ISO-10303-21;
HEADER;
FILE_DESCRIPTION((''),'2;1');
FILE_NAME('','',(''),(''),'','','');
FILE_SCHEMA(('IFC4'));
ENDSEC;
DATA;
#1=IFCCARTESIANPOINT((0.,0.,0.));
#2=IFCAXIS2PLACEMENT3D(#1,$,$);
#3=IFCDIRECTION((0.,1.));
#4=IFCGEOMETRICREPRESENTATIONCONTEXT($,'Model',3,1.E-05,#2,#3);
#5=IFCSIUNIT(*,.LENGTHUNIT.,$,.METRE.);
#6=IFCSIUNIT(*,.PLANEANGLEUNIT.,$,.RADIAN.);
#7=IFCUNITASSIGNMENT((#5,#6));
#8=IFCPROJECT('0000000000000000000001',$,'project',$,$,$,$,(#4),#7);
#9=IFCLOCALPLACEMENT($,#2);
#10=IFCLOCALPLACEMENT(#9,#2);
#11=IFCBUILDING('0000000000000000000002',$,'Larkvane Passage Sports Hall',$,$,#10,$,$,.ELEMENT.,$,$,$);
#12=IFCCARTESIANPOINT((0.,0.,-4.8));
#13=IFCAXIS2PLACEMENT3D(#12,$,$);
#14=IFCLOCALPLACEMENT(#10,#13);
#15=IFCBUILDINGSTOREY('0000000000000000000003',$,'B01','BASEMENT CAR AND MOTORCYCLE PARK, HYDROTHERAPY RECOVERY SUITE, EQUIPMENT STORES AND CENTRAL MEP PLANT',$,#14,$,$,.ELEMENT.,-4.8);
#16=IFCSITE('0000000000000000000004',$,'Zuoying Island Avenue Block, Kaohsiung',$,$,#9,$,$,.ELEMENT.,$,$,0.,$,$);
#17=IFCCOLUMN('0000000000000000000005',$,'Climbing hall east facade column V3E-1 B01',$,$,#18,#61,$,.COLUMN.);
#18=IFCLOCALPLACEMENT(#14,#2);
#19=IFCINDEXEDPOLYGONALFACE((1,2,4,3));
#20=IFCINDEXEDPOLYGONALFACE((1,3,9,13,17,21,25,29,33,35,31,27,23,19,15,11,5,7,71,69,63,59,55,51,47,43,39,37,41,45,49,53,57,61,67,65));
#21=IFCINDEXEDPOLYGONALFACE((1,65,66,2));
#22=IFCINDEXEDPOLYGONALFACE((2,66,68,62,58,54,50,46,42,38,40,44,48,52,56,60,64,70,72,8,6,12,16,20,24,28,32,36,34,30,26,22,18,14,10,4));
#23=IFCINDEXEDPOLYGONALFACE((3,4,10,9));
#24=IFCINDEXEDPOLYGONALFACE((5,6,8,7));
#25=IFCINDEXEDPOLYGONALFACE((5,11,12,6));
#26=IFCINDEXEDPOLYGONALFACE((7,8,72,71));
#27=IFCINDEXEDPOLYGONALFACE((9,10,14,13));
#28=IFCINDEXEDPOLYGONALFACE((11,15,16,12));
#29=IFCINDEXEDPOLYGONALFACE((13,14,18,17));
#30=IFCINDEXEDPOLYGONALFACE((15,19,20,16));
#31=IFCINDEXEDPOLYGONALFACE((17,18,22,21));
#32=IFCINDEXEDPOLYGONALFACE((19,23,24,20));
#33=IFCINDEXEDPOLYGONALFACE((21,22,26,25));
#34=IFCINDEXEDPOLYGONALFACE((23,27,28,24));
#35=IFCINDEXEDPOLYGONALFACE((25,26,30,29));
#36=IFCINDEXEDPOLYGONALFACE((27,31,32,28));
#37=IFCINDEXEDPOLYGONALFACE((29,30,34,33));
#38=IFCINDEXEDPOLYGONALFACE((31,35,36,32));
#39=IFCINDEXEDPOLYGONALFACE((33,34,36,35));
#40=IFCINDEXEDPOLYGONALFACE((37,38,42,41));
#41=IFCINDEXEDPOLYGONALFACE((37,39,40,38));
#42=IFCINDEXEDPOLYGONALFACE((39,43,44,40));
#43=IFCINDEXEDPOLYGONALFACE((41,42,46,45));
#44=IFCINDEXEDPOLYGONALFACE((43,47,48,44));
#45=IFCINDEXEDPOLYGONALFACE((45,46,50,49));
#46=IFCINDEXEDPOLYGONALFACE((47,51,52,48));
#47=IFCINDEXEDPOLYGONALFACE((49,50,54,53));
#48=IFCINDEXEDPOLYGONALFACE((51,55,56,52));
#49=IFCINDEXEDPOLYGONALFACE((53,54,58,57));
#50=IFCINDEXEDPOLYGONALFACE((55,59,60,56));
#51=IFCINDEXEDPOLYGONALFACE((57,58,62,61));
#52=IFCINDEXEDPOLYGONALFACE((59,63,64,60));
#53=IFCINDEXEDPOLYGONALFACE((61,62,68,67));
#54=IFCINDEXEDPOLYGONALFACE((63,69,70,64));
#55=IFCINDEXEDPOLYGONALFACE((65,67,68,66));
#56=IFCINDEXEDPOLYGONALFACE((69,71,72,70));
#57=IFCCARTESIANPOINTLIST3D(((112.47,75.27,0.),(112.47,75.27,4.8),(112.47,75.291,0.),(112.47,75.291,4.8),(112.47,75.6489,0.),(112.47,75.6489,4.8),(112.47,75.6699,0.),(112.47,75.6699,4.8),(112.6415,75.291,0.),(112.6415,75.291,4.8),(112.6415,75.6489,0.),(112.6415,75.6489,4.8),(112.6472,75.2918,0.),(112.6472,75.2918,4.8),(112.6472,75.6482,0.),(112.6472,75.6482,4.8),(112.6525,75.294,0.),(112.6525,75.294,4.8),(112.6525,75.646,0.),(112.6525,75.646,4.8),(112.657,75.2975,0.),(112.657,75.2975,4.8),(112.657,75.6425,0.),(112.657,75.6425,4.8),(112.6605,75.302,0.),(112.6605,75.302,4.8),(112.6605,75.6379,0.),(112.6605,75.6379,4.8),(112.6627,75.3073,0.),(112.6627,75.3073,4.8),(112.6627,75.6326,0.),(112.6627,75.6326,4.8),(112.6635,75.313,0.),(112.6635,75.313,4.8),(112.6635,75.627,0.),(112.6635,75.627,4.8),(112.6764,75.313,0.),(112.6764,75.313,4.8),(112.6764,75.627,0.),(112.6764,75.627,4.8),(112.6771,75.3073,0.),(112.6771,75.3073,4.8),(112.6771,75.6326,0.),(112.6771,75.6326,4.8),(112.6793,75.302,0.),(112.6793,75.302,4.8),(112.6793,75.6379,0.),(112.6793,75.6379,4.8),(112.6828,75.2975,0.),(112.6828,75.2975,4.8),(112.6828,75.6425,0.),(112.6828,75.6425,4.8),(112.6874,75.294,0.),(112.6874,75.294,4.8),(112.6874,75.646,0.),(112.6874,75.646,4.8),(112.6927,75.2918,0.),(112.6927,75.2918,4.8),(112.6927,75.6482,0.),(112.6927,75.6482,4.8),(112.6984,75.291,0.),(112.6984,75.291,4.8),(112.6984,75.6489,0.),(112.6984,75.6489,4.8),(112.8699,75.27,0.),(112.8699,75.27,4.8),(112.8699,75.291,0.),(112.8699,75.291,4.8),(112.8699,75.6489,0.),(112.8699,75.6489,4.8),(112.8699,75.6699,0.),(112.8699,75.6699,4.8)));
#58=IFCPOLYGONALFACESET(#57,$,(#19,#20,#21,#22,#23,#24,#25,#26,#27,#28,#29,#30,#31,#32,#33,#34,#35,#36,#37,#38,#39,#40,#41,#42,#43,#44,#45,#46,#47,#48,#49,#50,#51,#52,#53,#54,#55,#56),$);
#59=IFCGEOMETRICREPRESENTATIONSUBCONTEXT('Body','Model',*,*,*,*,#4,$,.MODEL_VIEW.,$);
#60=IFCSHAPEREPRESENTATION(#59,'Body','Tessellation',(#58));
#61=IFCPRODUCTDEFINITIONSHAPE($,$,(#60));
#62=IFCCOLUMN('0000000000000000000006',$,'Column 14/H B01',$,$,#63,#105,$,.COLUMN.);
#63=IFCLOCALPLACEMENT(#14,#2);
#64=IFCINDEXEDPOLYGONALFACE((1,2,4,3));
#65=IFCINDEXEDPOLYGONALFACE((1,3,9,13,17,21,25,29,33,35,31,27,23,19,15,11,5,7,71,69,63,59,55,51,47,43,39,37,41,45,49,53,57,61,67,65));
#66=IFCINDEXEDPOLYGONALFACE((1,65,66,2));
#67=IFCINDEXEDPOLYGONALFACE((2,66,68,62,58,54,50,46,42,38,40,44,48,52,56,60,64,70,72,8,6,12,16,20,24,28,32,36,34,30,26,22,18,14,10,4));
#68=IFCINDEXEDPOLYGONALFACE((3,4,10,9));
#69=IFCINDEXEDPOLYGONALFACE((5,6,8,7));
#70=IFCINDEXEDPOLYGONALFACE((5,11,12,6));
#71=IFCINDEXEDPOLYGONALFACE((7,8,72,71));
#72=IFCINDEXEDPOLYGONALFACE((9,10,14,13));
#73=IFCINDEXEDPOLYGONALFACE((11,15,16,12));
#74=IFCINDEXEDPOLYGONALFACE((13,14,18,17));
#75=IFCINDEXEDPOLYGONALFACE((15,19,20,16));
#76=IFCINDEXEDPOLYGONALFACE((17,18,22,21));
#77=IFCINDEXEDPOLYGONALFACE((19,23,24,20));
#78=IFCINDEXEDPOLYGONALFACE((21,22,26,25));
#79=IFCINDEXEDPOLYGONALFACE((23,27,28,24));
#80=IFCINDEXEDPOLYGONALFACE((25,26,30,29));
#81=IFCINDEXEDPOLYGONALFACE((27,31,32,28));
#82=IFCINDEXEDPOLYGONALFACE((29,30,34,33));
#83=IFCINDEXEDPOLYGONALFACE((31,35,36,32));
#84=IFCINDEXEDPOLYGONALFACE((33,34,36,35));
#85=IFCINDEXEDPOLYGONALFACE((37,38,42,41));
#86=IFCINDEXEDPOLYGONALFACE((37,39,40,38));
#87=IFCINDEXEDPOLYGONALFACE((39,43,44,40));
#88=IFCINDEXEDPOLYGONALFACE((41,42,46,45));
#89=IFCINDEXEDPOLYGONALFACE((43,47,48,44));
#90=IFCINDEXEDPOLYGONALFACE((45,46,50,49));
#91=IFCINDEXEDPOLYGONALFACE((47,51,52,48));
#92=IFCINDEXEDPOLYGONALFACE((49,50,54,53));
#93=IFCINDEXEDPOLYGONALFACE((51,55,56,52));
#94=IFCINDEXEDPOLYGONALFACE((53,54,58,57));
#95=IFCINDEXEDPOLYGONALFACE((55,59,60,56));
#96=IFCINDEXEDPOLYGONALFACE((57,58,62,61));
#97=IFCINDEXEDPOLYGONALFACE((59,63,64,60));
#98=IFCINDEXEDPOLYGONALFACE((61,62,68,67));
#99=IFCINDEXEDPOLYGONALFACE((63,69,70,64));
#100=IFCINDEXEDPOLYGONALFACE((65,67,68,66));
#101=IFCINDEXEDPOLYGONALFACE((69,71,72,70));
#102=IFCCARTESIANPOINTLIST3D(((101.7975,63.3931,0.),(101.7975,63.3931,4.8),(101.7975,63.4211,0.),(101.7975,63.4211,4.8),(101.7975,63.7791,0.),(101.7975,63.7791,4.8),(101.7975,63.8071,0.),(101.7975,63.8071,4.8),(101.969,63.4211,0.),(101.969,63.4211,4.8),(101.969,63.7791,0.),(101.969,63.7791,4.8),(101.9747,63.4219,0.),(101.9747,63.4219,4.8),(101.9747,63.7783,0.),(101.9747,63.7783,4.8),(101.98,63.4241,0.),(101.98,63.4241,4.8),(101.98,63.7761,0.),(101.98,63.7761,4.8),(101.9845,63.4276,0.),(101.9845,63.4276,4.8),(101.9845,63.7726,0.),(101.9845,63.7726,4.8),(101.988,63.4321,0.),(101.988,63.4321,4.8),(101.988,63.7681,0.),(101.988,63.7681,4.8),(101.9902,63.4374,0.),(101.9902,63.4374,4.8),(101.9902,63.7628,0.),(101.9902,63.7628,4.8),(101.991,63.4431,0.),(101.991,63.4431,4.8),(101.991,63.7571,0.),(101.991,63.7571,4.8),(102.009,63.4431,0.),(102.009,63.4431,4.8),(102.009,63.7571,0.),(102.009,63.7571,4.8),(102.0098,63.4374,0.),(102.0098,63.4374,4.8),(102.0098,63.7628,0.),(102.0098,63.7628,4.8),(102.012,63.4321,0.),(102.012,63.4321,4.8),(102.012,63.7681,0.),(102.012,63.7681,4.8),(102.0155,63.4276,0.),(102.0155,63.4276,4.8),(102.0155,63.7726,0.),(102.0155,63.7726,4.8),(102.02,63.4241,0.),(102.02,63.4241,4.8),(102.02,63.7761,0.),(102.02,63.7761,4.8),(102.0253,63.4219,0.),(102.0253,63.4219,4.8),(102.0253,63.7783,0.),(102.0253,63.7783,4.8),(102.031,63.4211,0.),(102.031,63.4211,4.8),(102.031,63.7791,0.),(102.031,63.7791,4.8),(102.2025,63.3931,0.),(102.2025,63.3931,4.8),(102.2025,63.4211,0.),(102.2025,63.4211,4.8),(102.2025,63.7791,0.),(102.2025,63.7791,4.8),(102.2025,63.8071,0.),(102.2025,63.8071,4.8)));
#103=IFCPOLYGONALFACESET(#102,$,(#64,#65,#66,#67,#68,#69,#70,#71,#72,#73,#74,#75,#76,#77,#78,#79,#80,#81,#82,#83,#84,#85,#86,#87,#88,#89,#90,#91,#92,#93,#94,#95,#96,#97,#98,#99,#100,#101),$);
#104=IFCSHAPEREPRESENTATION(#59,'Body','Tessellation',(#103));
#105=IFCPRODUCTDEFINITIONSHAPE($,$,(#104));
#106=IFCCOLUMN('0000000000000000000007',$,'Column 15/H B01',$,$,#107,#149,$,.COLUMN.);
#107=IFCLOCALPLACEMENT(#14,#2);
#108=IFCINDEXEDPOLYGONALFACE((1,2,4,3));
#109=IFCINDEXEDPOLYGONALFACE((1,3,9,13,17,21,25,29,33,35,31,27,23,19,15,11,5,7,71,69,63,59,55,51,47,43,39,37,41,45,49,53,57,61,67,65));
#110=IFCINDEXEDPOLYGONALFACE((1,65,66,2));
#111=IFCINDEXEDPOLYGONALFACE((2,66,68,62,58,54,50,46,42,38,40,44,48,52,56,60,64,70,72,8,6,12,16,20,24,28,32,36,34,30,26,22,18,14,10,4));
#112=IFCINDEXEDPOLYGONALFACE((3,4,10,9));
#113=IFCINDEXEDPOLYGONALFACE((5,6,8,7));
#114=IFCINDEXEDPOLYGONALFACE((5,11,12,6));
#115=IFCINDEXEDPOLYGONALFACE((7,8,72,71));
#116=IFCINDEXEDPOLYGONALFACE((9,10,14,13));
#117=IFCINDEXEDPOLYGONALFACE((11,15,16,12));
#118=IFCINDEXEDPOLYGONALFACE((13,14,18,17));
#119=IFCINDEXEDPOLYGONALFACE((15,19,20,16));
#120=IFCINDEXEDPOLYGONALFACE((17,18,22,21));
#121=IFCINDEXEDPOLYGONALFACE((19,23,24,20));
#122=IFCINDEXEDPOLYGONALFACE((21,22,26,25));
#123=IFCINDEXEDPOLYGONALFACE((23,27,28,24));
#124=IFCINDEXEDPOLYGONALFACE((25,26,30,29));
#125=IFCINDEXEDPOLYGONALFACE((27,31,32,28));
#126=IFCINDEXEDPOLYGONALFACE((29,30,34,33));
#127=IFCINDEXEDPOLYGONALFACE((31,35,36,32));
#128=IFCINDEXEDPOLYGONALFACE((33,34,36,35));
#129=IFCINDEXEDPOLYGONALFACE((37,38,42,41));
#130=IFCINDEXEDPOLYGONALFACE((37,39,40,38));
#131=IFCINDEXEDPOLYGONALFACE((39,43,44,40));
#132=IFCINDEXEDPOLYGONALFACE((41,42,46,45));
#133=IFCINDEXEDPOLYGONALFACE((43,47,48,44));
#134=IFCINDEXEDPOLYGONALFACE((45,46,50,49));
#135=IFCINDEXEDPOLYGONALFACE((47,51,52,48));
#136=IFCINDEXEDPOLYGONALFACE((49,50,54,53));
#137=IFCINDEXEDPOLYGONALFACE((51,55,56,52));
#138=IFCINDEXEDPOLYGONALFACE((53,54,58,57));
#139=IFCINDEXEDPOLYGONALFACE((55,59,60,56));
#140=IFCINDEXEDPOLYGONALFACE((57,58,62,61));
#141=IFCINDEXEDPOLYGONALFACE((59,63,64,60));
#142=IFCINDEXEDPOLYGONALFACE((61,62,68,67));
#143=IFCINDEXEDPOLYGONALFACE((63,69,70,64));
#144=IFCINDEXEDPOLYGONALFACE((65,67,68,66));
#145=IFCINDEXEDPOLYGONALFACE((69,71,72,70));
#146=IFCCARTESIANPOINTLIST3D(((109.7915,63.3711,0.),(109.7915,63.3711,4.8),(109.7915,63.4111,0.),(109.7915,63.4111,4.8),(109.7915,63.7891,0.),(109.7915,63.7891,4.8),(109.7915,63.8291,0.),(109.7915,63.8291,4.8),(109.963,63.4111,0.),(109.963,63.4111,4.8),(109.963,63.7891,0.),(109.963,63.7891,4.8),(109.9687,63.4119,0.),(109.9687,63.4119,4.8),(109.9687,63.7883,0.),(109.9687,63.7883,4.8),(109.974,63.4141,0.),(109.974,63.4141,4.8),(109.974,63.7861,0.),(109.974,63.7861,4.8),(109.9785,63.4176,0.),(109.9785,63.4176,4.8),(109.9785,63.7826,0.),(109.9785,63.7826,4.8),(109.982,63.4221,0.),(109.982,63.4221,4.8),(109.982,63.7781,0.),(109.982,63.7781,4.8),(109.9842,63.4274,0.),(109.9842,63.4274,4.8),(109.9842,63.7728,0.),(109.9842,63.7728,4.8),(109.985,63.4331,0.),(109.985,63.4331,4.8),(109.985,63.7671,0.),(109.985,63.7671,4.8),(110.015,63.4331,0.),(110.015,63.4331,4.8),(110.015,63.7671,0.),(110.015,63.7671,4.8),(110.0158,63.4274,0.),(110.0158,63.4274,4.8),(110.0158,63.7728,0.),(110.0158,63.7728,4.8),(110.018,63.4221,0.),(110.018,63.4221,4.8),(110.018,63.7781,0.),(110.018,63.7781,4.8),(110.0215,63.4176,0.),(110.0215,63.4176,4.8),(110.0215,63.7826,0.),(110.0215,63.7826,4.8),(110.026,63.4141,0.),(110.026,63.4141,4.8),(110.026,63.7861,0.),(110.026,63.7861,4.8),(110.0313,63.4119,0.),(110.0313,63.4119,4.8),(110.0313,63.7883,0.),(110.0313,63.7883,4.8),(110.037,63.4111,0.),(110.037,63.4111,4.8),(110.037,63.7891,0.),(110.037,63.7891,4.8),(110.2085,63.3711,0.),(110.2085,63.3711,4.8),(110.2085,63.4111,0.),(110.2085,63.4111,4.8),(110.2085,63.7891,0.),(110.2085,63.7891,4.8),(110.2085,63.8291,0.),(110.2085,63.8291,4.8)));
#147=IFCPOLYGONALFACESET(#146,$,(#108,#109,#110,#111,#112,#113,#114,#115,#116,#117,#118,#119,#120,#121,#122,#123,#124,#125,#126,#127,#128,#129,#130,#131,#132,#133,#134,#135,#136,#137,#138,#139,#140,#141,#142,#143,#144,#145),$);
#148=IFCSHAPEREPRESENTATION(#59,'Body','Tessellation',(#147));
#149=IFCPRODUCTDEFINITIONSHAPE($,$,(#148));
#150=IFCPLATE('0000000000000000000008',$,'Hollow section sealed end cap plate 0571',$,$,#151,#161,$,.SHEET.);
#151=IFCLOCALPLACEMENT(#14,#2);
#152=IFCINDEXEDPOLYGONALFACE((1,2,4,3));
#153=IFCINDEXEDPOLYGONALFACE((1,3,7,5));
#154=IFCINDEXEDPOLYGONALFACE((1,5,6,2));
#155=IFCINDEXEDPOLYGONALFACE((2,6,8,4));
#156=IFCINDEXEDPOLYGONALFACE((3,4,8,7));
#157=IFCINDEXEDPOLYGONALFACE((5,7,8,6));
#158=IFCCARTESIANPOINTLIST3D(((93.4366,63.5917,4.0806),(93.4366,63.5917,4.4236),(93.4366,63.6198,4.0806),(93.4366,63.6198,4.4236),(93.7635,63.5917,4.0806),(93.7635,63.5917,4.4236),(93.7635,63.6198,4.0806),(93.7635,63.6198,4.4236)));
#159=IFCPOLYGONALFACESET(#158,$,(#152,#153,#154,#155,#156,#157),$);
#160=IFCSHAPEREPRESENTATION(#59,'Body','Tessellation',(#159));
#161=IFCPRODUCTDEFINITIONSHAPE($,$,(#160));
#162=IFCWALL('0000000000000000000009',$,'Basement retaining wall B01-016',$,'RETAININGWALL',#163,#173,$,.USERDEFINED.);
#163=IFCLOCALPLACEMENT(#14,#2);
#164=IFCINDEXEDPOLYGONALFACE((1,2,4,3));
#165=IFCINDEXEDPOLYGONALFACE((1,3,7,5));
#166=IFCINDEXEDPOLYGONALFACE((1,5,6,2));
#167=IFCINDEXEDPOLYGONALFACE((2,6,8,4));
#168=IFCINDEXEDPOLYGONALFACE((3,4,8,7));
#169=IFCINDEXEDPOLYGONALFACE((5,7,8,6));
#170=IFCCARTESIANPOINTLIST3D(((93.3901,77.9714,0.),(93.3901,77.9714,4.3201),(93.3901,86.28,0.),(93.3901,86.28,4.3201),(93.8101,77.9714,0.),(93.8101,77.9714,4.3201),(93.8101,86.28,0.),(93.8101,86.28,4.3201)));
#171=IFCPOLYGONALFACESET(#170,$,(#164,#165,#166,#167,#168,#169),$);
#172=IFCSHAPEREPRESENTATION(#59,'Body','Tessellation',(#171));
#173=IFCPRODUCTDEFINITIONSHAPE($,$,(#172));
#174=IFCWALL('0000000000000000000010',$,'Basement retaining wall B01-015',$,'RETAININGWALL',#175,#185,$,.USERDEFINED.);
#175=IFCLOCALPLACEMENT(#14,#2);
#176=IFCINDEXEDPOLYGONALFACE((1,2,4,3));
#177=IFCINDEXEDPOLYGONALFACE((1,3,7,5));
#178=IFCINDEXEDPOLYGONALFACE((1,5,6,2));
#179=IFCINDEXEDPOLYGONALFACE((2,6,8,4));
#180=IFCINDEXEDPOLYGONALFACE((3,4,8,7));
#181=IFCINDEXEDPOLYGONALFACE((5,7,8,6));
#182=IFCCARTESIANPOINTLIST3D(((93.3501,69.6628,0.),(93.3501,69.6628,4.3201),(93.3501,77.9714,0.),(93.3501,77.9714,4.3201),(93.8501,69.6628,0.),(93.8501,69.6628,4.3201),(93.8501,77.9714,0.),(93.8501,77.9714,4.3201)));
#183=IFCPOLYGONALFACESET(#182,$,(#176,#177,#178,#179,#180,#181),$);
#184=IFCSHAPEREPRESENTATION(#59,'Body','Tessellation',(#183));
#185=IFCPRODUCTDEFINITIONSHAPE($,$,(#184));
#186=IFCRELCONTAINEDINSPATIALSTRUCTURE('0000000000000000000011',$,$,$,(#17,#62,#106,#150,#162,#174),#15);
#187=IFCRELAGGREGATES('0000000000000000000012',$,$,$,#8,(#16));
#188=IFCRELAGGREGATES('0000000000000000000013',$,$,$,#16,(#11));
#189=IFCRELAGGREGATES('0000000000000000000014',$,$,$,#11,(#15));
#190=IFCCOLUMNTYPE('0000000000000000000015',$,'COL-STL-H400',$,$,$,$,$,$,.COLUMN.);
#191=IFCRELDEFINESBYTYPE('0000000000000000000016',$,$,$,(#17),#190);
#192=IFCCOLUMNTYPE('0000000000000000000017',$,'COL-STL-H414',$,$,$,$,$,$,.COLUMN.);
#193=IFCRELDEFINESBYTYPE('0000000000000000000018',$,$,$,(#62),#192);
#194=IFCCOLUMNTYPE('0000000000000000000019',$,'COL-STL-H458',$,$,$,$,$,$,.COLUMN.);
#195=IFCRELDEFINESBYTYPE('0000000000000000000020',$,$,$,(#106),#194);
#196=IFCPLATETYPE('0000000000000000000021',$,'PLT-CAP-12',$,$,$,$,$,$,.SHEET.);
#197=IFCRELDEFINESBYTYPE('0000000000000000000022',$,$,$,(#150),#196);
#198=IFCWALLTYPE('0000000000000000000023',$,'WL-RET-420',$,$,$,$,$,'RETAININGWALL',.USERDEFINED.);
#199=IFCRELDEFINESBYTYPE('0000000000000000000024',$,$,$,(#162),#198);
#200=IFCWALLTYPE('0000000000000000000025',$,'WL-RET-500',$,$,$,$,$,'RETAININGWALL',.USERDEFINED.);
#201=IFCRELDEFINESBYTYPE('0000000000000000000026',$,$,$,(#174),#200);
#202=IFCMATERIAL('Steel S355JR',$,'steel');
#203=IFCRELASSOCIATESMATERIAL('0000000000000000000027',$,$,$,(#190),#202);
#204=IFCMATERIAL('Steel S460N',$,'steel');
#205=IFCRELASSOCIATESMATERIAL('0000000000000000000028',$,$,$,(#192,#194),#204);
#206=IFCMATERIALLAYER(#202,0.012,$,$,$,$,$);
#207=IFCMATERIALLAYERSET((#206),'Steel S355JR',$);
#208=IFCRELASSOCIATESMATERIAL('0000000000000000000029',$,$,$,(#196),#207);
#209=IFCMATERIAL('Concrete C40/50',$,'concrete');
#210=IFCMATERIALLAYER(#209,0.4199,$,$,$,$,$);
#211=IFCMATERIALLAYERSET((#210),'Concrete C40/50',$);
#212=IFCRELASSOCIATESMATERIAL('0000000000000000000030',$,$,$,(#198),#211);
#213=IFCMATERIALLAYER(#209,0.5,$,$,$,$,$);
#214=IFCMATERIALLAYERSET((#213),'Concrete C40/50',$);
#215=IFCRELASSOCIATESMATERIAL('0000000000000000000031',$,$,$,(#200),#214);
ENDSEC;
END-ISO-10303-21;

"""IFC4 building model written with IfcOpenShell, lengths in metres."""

from ifc_helpers import new_model, si_unit, direction, frame, frame_2d, origin, origin_2d, place, context, subcontext, project, spatial, rectangle, i_section, extrude, material, layer, layer_set, material_profile, profile_set, type_object, element, save


model = new_model("IFC4")

# Units and contexts
model_context = context("Model", 3, precision=1e-05, world=origin(), true_north=direction((0.0, 1.0)))
body_context = subcontext(model_context, "Body", "Model", "MODEL_VIEW")
ifc_project = project(units=[si_unit("LENGTHUNIT", "METRE"), si_unit("PLANEANGLEUNIT", "RADIAN")], contexts=[model_context])

# Site, building, storey
site_placement = place(None, origin())
site = spatial("IfcSite", under=ifc_project, at=site_placement, Name="Zuoying Island Avenue Block, Kaohsiung", CompositionType="ELEMENT", RefElevation=0.0)
building_placement = place(site_placement, origin())
building = spatial("IfcBuilding", under=site, at=building_placement, Name="Larkvane Passage Sports Hall", CompositionType="ELEMENT")
storey_placement = place(building_placement, frame((0.0, 0.0, -4.8)))
storey = spatial("IfcBuildingStorey", under=building, at=storey_placement, Name="B01", Description="BASEMENT CAR AND MOTORCYCLE PARK, HYDROTHERAPY RECOVERY SUITE, EQUIPMENT STORES AND CENTRAL MEP PLANT", CompositionType="ELEMENT", Elevation=-4.8)

# Shared definitions
ifc_material_1 = material(Name="Concrete C40/50", Category="concrete")

# Columns
ifc_material_2 = material(Name="Steel S460N", Category="steel")
ifc_material_3 = material(Name="Steel S355JR", Category="steel")
ifc_material_profile_1 = material_profile(ifc_material_3, i_section(OverallWidth=0.3999, OverallDepth=0.3999, WebThickness=0.0129, FlangeThickness=0.021, FilletRadius=0.022, at=origin_2d()), Name="H-400x400x13x21")
ifc_profile_set_1 = profile_set([ifc_material_profile_1], Name="Steel S355JR")
column_type_1 = type_object("IfcColumnType", Name="COL-STL-H400", PredefinedType="COLUMN", material=ifc_profile_set_1)
column_1_placement = place(storey_placement, frame((112.6699, 75.47, 0.0), z_axis=(0.0, 0.0, 1.0), x_axis=(1.0, 0.0, 0.0)))
element("IfcColumn", 1, at=column_1_placement, inside=storey, type_object=column_type_1, Name="Climbing hall east facade column V3E-1 B01", PredefinedType="COLUMN", context=body_context, shape_type="SweptSolid", body=[
    extrude(i_section(OverallWidth=0.3999, OverallDepth=0.3999, WebThickness=0.0129, FlangeThickness=0.021, FilletRadius=0.022, at=origin_2d()), origin(), (0.0, 0.0, 1.0), 4.8),
])
ifc_material_profile_2 = material_profile(ifc_material_2, i_section(OverallWidth=0.405, OverallDepth=0.4141, WebThickness=0.0181, FlangeThickness=0.0281, FilletRadius=0.022, at=origin_2d()), Name="H-414x405x18x28")
ifc_profile_set_2 = profile_set([ifc_material_profile_2], Name="Steel S460N")
column_type_2 = type_object("IfcColumnType", Name="COL-STL-H414", PredefinedType="COLUMN", material=ifc_profile_set_2)
column_2_placement = place(storey_placement, frame((102.0, 63.6001, 0.0), z_axis=(0.0, 0.0, 1.0), x_axis=(1.0, 0.0, 0.0)))
element("IfcColumn", 2, at=column_2_placement, inside=storey, type_object=column_type_2, Name="Column 14/H B01", PredefinedType="COLUMN", context=body_context, shape_type="SweptSolid", body=[
    extrude(i_section(OverallWidth=0.405, OverallDepth=0.4141, WebThickness=0.0181, FlangeThickness=0.0281, FilletRadius=0.022, at=origin_2d()), origin(), (0.0, 0.0, 1.0), 4.8),
])
ifc_material_profile_3 = material_profile(ifc_material_2, i_section(OverallWidth=0.417, OverallDepth=0.458, WebThickness=0.03, FlangeThickness=0.04, FilletRadius=0.022, at=origin_2d()), Name="H-458x417x30x40")
ifc_profile_set_3 = profile_set([ifc_material_profile_3], Name="Steel S460N")
column_type_3 = type_object("IfcColumnType", Name="COL-STL-H458", PredefinedType="COLUMN", material=ifc_profile_set_3)
column_3_placement = place(storey_placement, frame((110.0, 63.6001, 0.0), z_axis=(0.0, 0.0, 1.0), x_axis=(1.0, 0.0, 0.0)))
element("IfcColumn", 3, at=column_3_placement, inside=storey, type_object=column_type_3, Name="Column 15/H B01", PredefinedType="COLUMN", context=body_context, shape_type="SweptSolid", body=[
    extrude(i_section(OverallWidth=0.417, OverallDepth=0.458, WebThickness=0.03, FlangeThickness=0.04, FilletRadius=0.022, at=origin_2d()), origin(), (0.0, 0.0, 1.0), 4.8),
])

# Plate
ifc_layer_1 = layer(ifc_material_3, 0.012)
ifc_layer_set_1 = layer_set([ifc_layer_1], Name="Steel S355JR")
plate_type = type_object("IfcPlateType", Name="PLT-CAP-12", PredefinedType="SHEET", material=ifc_layer_set_1)
plate_placement = place(storey_placement, frame((93.6001, 63.6057, 4.0806), z_axis=(0.0, 0.0, 1.0), x_axis=(-1.0, 0.0, 0.0)))
element("IfcPlate", 4, at=plate_placement, inside=storey, type_object=plate_type, Name="Hollow section sealed end cap plate 0571", PredefinedType="SHEET", context=body_context, shape_type="SweptSolid", body=[
    extrude(rectangle(XDim=0.3269, YDim=0.0281, at=origin_2d()), origin(), (0.0, 0.0, 1.0), 0.343),
])

# Walls
ifc_layer_2 = layer(ifc_material_1, 0.4199)
ifc_layer_set_2 = layer_set([ifc_layer_2], Name="Concrete C40/50")
wall_type_1 = type_object("IfcWallType", Name="WL-RET-420", ElementType="RETAININGWALL", PredefinedType="USERDEFINED", material=ifc_layer_set_2)
wall_1_placement = place(storey_placement, frame((93.6001, 77.9714, 0.0), z_axis=(0.0, 0.0, 1.0), x_axis=(0.0, 1.0, 0.0)))
element("IfcWall", 5, at=wall_1_placement, inside=storey, type_object=wall_type_1, Name="Basement retaining wall B01-016", ObjectType="RETAININGWALL", PredefinedType="USERDEFINED", context=body_context, shape_type="SweptSolid", body=[
    extrude(rectangle(XDim=8.3086, YDim=0.4199, at=frame_2d((4.1543, 0.0))), origin(), (0.0, 0.0, 1.0), 4.3201),
])
ifc_layer_3 = layer(ifc_material_1, 0.5)
ifc_layer_set_3 = layer_set([ifc_layer_3], Name="Concrete C40/50")
wall_type_2 = type_object("IfcWallType", Name="WL-RET-500", ElementType="RETAININGWALL", PredefinedType="USERDEFINED", material=ifc_layer_set_3)
wall_2_placement = place(storey_placement, frame((93.6001, 69.6628, 0.0), z_axis=(0.0, 0.0, 1.0), x_axis=(0.0, 1.0, 0.0)))
element("IfcWall", 6, at=wall_2_placement, inside=storey, type_object=wall_type_2, Name="Basement retaining wall B01-015", ObjectType="RETAININGWALL", PredefinedType="USERDEFINED", context=body_context, shape_type="SweptSolid", body=[
    extrude(rectangle(XDim=8.3086, YDim=0.5, at=frame_2d((4.1543, 0.0))), origin(), (0.0, 0.0, 1.0), 4.3201),
])

save(model, "model.ifc")
